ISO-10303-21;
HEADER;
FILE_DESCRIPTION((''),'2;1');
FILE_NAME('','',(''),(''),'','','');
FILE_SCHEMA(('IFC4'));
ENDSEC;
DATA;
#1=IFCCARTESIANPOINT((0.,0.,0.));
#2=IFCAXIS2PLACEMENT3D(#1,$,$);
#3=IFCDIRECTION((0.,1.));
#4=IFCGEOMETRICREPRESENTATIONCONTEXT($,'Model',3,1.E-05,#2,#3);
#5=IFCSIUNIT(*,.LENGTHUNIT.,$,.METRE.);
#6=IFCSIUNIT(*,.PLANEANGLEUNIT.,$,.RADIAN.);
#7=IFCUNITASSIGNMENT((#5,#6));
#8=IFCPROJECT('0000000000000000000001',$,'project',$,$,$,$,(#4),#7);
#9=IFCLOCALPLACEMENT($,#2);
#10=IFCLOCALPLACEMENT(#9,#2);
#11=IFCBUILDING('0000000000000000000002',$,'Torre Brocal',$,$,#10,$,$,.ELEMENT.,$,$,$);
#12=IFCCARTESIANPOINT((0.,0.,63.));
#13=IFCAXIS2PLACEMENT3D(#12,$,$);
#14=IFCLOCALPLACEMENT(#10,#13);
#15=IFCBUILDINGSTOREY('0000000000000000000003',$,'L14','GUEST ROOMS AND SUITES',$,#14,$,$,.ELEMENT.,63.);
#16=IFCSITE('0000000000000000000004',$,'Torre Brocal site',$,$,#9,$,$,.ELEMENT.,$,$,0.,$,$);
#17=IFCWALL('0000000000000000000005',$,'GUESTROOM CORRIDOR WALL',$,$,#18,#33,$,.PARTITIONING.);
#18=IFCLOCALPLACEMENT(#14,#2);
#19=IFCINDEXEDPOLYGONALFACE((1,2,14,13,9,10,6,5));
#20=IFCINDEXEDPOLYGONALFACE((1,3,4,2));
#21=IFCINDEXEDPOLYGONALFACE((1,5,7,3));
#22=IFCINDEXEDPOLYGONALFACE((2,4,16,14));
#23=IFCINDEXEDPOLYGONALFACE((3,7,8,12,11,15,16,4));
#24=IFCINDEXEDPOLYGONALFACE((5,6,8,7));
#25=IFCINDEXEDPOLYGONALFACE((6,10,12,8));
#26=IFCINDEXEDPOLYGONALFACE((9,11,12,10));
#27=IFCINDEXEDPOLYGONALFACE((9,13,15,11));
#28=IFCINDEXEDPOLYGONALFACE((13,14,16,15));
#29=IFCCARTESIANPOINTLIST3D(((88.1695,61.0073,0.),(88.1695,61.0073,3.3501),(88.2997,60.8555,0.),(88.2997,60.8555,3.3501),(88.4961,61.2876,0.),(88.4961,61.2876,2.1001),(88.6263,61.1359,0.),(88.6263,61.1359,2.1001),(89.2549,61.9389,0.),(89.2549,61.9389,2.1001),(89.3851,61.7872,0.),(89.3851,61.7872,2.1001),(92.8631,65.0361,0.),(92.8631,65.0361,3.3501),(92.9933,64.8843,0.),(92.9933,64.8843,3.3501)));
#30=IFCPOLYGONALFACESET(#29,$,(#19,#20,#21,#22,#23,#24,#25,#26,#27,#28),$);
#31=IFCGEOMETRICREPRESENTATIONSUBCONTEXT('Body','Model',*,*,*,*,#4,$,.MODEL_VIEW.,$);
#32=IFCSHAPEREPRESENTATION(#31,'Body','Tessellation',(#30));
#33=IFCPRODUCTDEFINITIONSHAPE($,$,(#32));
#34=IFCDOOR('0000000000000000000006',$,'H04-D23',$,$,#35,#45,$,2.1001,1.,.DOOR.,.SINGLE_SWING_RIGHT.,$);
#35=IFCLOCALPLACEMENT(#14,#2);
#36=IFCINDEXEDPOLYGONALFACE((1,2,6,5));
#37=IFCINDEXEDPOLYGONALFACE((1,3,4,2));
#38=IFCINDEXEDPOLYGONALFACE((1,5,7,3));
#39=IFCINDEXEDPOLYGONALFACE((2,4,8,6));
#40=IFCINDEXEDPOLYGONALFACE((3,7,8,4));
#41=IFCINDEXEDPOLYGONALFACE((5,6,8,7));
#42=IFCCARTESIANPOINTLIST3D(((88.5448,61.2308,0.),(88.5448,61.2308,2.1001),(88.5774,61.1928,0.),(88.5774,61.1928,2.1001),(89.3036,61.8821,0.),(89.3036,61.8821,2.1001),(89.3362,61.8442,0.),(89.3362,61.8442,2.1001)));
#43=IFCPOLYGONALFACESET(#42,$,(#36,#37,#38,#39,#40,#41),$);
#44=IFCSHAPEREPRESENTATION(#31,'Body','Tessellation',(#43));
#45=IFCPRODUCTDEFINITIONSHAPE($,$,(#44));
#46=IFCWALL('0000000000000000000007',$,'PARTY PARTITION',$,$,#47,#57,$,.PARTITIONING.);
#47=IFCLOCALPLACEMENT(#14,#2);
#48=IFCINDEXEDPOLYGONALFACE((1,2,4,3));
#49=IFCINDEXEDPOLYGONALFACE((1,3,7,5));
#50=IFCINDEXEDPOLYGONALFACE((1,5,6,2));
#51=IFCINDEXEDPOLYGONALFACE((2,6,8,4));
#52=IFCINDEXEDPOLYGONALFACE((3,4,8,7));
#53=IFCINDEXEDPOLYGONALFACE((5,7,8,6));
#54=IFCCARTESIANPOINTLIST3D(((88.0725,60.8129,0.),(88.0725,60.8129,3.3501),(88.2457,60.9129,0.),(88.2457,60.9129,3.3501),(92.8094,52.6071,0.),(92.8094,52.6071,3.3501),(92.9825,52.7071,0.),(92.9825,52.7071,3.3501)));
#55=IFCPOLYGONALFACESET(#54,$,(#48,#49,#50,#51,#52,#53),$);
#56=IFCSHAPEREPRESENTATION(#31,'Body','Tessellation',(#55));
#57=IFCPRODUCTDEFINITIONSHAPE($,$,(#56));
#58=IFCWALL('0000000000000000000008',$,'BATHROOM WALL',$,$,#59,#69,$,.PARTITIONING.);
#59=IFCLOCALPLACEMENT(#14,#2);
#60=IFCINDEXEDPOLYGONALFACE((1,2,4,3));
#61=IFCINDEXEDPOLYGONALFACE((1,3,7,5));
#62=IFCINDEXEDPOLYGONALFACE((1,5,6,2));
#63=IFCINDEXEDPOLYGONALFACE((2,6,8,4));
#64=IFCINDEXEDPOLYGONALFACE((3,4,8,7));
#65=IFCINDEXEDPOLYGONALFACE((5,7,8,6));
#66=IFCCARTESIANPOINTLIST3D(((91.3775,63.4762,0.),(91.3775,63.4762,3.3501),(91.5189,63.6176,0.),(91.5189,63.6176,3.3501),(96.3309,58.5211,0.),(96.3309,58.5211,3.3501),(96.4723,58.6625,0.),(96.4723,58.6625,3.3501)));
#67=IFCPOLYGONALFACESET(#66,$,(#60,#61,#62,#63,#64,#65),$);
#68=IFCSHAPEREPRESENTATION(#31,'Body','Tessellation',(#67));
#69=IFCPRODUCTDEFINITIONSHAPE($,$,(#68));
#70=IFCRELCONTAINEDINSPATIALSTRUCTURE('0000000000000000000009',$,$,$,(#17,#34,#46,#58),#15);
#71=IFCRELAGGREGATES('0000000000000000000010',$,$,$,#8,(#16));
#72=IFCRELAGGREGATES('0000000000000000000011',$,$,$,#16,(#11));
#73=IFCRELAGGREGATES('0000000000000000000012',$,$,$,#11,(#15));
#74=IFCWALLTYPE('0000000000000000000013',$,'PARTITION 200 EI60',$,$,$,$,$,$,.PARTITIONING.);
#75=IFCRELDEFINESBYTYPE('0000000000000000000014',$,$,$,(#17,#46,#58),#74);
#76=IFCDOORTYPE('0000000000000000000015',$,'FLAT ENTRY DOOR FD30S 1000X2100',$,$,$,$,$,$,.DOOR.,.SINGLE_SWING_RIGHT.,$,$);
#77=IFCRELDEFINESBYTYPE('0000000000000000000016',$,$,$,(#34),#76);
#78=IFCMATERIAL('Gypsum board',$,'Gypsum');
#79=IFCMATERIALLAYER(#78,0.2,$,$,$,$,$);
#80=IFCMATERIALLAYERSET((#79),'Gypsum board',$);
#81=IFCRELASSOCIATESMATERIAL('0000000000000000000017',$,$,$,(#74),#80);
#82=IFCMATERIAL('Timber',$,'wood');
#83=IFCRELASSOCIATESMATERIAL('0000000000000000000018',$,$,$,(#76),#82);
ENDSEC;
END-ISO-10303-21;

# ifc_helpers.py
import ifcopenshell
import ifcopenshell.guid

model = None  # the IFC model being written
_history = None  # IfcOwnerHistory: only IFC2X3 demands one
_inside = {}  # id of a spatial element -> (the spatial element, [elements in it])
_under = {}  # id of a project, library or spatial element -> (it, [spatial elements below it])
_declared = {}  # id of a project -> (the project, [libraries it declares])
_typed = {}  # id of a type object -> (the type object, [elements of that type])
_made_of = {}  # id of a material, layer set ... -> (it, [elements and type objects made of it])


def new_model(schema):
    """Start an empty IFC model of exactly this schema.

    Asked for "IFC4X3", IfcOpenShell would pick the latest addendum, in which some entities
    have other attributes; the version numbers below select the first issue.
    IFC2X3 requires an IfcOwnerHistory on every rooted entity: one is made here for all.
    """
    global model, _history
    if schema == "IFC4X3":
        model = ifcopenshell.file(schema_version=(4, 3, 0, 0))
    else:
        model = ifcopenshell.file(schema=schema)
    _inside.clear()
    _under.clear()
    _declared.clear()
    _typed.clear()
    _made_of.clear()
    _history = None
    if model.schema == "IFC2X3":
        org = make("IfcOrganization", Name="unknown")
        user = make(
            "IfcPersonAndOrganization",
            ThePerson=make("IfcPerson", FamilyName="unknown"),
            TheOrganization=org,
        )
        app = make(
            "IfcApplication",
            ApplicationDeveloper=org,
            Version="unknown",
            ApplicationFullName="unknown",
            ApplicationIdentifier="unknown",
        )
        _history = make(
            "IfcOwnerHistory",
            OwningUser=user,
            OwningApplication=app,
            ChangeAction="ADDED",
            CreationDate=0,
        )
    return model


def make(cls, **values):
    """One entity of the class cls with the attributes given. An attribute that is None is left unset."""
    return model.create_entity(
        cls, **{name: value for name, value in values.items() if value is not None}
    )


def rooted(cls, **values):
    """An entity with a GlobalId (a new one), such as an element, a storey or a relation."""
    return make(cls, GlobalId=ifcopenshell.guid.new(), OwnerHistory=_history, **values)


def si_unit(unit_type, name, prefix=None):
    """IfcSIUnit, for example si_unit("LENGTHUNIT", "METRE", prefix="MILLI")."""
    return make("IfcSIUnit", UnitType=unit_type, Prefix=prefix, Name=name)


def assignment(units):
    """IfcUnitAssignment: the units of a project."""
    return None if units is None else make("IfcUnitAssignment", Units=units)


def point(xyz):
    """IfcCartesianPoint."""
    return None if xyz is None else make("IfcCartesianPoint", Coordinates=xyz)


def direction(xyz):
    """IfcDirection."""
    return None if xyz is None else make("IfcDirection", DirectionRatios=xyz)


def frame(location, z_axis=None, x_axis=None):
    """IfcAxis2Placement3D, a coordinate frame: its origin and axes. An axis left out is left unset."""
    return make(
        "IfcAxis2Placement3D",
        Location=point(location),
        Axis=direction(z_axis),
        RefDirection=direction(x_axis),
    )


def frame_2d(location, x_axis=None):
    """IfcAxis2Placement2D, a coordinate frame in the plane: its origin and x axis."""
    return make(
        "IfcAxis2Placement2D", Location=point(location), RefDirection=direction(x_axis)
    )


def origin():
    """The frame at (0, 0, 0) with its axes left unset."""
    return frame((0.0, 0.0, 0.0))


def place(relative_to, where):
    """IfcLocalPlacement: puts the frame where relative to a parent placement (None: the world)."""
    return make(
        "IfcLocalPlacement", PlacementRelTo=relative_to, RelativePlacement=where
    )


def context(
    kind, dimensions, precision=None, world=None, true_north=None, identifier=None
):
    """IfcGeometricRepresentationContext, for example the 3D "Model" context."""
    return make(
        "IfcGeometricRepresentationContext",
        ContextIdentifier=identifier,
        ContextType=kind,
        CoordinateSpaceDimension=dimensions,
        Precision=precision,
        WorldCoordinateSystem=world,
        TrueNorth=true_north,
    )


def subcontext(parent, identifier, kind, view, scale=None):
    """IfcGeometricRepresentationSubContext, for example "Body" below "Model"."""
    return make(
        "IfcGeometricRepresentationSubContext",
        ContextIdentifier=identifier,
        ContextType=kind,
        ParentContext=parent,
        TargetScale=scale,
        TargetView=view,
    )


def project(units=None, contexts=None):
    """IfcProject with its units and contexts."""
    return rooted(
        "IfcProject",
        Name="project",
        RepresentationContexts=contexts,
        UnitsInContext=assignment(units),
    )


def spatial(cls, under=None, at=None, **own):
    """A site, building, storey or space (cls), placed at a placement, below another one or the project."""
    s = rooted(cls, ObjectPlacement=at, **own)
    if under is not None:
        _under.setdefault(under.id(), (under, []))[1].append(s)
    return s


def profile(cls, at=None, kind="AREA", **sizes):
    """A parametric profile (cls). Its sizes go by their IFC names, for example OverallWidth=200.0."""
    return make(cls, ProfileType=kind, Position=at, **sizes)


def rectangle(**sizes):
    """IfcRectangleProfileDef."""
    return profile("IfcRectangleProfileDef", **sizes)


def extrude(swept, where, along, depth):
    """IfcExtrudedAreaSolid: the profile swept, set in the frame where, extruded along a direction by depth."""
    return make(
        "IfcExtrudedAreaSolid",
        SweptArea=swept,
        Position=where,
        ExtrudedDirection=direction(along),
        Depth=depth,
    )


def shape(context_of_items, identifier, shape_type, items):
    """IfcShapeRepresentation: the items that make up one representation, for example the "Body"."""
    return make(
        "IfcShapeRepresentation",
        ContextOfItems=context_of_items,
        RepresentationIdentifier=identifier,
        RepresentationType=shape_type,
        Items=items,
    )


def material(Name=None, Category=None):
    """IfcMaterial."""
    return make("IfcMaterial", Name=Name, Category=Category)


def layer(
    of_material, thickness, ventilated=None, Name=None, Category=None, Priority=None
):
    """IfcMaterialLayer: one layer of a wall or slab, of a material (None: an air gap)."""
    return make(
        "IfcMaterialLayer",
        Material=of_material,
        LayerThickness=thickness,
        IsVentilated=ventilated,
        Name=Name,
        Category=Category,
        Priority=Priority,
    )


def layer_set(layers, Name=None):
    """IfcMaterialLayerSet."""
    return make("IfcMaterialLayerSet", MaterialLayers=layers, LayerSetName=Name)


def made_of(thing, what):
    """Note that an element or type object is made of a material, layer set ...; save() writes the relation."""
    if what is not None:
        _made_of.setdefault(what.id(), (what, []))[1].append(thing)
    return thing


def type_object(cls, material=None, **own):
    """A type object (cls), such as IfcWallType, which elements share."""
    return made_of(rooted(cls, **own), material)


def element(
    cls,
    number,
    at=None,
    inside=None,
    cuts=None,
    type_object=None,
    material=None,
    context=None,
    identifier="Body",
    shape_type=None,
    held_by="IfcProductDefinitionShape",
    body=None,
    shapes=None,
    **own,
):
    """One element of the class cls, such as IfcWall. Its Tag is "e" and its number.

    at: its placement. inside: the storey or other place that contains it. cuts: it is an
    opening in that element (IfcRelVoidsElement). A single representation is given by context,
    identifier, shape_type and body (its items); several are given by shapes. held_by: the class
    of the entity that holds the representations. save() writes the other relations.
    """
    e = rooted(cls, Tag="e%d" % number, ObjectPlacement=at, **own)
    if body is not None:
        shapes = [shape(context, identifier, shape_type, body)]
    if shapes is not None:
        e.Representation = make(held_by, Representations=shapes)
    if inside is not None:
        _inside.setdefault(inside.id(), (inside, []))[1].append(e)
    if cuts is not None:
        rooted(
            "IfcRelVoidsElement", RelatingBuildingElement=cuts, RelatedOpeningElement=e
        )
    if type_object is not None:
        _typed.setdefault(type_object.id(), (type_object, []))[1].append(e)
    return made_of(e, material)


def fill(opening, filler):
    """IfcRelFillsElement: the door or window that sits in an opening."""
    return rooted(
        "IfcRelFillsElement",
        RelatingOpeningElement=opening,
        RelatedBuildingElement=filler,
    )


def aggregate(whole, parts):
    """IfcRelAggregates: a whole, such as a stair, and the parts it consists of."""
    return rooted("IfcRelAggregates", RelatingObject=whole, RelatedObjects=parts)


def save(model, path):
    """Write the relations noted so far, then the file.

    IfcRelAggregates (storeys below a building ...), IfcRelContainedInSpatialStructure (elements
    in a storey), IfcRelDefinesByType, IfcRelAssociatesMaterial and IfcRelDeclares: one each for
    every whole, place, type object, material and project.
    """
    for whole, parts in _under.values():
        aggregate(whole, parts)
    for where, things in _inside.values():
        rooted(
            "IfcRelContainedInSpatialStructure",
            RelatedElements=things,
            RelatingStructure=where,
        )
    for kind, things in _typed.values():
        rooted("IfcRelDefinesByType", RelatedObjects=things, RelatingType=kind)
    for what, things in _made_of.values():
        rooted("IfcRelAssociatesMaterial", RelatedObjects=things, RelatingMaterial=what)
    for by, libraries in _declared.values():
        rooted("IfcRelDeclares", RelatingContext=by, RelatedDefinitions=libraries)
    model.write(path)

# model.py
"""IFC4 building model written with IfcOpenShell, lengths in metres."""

from ifc_helpers import new_model, si_unit, direction, frame, frame_2d, origin, place, context, subcontext, project, spatial, rectangle, extrude, material, layer, layer_set, type_object, element, fill, save


model = new_model("IFC4")

# Units and contexts
model_context = context("Model", 3, precision=1e-05, world=origin(), true_north=direction((0.0, 1.0)))
body_context = subcontext(model_context, "Body", "Model", "MODEL_VIEW")
ifc_project = project(units=[si_unit("LENGTHUNIT", "METRE"), si_unit("PLANEANGLEUNIT", "RADIAN")], contexts=[model_context])

# Site, building, storey
site_placement = place(None, origin())
site = spatial("IfcSite", under=ifc_project, at=site_placement, Name="Torre Brocal site", CompositionType="ELEMENT", RefElevation=0.0)
building_placement = place(site_placement, origin())
building = spatial("IfcBuilding", under=site, at=building_placement, Name="Torre Brocal", CompositionType="ELEMENT")
storey_placement = place(building_placement, frame((0.0, 0.0, 63.0)))
storey = spatial("IfcBuildingStorey", under=building, at=storey_placement, Name="L14", Description="GUEST ROOMS AND SUITES", CompositionType="ELEMENT", Elevation=63.0)

# Shared definitions
ifc_material_1 = material(Name="Gypsum board", Category="Gypsum")
ifc_layer_1 = layer(ifc_material_1, 0.2)
ifc_layer_set_1 = layer_set([ifc_layer_1], Name="Gypsum board")
wall_type_1 = type_object("IfcWallType", Name="PARTITION 200 EI60", PredefinedType="PARTITIONING", material=ifc_layer_set_1)

# Wall, opening, door
wall_1_placement = place(storey_placement, frame((88.2346, 60.9314, 0.0), z_axis=(0.0, 0.0, 1.0), x_axis=(0.758799, 0.651324, 0.0)))
wall_1 = element("IfcWall", 1, at=wall_1_placement, inside=storey, type_object=wall_type_1, Name="GUESTROOM CORRIDOR WALL", PredefinedType="PARTITIONING", context=body_context, shape_type="SweptSolid", body=[
    extrude(rectangle(XDim=6.1855, YDim=0.2, at=frame_2d((3.0928, 0.0))), origin(), (0.0, 0.0, 1.0), 3.3501),
])
opening_1_placement = place(wall_1_placement, frame((0.4304, 0.0, 0.0)))
opening_1 = element("IfcOpeningElement", 2, at=opening_1_placement, cuts=wall_1, PredefinedType="OPENING", context=body_context, shape_type="SweptSolid", body=[
    extrude(rectangle(XDim=1.0, YDim=2.1001, at=frame_2d((0.5, 1.05))), frame((0.0, 0.1099, 0.0), z_axis=(0.0, -1.0, 0.0), x_axis=(1.0, 0.0, 0.0)), (0.0, 0.0, 1.0), 0.22),
])
ifc_material_2 = material(Name="Timber", Category="wood")
door_type_1 = type_object("IfcDoorType", Name="FLAT ENTRY DOOR FD30S 1000X2100", OperationType="SINGLE_SWING_RIGHT", PredefinedType="DOOR", material=ifc_material_2)
door_1_placement = place(opening_1_placement, frame((1.0, 0.0, 0.0), z_axis=(0.0, 0.0, 1.0), x_axis=(-1.0, 0.0, 0.0)))
door_1 = element("IfcDoor", 3, at=door_1_placement, inside=storey, type_object=door_type_1, Name="H04-D23", OperationType="SINGLE_SWING_RIGHT", OverallHeight=2.1001, OverallWidth=1.0, PredefinedType="DOOR", context=body_context, shape_type="SweptSolid", body=[
    extrude(rectangle(XDim=1.0, YDim=2.1001, at=frame_2d((0.5, 1.05))), frame((0.0, 0.0249, 0.0), z_axis=(0.0, -1.0, 0.0), x_axis=(1.0, 0.0, 0.0)), (0.0, 0.0, 1.0), 0.05),
])
fill(opening_1, door_1)

# Walls
wall_2_placement = place(storey_placement, frame((88.1592, 60.8628, 0.0), z_axis=(0.0, 0.0, 1.0), x_axis=(0.499936, -0.866062, 0.0)))
element("IfcWall", 4, at=wall_2_placement, inside=storey, type_object=wall_type_1, Name="PARTY PARTITION", PredefinedType="PARTITIONING", context=body_context, shape_type="SweptSolid", body=[
    extrude(rectangle(XDim=9.4749, YDim=0.2, at=frame_2d((4.7373, 0.0))), origin(), (0.0, 0.0, 1.0), 3.3501),
])
wall_3_placement = place(storey_placement, frame((91.4482, 63.5469, 0.0), z_axis=(0.0, 0.0, 1.0), x_axis=(0.706985, -0.707229, 0.0)))
element("IfcWall", 5, at=wall_3_placement, inside=storey, type_object=wall_type_1, Name="BATHROOM WALL", PredefinedType="PARTITIONING", context=body_context, shape_type="SweptSolid", body=[
    extrude(rectangle(XDim=7.0063, YDim=0.2, at=frame_2d((3.5032, 0.0))), origin(), (0.0, 0.0, 1.0), 3.3501),
])

save(model, "model.ifc")
